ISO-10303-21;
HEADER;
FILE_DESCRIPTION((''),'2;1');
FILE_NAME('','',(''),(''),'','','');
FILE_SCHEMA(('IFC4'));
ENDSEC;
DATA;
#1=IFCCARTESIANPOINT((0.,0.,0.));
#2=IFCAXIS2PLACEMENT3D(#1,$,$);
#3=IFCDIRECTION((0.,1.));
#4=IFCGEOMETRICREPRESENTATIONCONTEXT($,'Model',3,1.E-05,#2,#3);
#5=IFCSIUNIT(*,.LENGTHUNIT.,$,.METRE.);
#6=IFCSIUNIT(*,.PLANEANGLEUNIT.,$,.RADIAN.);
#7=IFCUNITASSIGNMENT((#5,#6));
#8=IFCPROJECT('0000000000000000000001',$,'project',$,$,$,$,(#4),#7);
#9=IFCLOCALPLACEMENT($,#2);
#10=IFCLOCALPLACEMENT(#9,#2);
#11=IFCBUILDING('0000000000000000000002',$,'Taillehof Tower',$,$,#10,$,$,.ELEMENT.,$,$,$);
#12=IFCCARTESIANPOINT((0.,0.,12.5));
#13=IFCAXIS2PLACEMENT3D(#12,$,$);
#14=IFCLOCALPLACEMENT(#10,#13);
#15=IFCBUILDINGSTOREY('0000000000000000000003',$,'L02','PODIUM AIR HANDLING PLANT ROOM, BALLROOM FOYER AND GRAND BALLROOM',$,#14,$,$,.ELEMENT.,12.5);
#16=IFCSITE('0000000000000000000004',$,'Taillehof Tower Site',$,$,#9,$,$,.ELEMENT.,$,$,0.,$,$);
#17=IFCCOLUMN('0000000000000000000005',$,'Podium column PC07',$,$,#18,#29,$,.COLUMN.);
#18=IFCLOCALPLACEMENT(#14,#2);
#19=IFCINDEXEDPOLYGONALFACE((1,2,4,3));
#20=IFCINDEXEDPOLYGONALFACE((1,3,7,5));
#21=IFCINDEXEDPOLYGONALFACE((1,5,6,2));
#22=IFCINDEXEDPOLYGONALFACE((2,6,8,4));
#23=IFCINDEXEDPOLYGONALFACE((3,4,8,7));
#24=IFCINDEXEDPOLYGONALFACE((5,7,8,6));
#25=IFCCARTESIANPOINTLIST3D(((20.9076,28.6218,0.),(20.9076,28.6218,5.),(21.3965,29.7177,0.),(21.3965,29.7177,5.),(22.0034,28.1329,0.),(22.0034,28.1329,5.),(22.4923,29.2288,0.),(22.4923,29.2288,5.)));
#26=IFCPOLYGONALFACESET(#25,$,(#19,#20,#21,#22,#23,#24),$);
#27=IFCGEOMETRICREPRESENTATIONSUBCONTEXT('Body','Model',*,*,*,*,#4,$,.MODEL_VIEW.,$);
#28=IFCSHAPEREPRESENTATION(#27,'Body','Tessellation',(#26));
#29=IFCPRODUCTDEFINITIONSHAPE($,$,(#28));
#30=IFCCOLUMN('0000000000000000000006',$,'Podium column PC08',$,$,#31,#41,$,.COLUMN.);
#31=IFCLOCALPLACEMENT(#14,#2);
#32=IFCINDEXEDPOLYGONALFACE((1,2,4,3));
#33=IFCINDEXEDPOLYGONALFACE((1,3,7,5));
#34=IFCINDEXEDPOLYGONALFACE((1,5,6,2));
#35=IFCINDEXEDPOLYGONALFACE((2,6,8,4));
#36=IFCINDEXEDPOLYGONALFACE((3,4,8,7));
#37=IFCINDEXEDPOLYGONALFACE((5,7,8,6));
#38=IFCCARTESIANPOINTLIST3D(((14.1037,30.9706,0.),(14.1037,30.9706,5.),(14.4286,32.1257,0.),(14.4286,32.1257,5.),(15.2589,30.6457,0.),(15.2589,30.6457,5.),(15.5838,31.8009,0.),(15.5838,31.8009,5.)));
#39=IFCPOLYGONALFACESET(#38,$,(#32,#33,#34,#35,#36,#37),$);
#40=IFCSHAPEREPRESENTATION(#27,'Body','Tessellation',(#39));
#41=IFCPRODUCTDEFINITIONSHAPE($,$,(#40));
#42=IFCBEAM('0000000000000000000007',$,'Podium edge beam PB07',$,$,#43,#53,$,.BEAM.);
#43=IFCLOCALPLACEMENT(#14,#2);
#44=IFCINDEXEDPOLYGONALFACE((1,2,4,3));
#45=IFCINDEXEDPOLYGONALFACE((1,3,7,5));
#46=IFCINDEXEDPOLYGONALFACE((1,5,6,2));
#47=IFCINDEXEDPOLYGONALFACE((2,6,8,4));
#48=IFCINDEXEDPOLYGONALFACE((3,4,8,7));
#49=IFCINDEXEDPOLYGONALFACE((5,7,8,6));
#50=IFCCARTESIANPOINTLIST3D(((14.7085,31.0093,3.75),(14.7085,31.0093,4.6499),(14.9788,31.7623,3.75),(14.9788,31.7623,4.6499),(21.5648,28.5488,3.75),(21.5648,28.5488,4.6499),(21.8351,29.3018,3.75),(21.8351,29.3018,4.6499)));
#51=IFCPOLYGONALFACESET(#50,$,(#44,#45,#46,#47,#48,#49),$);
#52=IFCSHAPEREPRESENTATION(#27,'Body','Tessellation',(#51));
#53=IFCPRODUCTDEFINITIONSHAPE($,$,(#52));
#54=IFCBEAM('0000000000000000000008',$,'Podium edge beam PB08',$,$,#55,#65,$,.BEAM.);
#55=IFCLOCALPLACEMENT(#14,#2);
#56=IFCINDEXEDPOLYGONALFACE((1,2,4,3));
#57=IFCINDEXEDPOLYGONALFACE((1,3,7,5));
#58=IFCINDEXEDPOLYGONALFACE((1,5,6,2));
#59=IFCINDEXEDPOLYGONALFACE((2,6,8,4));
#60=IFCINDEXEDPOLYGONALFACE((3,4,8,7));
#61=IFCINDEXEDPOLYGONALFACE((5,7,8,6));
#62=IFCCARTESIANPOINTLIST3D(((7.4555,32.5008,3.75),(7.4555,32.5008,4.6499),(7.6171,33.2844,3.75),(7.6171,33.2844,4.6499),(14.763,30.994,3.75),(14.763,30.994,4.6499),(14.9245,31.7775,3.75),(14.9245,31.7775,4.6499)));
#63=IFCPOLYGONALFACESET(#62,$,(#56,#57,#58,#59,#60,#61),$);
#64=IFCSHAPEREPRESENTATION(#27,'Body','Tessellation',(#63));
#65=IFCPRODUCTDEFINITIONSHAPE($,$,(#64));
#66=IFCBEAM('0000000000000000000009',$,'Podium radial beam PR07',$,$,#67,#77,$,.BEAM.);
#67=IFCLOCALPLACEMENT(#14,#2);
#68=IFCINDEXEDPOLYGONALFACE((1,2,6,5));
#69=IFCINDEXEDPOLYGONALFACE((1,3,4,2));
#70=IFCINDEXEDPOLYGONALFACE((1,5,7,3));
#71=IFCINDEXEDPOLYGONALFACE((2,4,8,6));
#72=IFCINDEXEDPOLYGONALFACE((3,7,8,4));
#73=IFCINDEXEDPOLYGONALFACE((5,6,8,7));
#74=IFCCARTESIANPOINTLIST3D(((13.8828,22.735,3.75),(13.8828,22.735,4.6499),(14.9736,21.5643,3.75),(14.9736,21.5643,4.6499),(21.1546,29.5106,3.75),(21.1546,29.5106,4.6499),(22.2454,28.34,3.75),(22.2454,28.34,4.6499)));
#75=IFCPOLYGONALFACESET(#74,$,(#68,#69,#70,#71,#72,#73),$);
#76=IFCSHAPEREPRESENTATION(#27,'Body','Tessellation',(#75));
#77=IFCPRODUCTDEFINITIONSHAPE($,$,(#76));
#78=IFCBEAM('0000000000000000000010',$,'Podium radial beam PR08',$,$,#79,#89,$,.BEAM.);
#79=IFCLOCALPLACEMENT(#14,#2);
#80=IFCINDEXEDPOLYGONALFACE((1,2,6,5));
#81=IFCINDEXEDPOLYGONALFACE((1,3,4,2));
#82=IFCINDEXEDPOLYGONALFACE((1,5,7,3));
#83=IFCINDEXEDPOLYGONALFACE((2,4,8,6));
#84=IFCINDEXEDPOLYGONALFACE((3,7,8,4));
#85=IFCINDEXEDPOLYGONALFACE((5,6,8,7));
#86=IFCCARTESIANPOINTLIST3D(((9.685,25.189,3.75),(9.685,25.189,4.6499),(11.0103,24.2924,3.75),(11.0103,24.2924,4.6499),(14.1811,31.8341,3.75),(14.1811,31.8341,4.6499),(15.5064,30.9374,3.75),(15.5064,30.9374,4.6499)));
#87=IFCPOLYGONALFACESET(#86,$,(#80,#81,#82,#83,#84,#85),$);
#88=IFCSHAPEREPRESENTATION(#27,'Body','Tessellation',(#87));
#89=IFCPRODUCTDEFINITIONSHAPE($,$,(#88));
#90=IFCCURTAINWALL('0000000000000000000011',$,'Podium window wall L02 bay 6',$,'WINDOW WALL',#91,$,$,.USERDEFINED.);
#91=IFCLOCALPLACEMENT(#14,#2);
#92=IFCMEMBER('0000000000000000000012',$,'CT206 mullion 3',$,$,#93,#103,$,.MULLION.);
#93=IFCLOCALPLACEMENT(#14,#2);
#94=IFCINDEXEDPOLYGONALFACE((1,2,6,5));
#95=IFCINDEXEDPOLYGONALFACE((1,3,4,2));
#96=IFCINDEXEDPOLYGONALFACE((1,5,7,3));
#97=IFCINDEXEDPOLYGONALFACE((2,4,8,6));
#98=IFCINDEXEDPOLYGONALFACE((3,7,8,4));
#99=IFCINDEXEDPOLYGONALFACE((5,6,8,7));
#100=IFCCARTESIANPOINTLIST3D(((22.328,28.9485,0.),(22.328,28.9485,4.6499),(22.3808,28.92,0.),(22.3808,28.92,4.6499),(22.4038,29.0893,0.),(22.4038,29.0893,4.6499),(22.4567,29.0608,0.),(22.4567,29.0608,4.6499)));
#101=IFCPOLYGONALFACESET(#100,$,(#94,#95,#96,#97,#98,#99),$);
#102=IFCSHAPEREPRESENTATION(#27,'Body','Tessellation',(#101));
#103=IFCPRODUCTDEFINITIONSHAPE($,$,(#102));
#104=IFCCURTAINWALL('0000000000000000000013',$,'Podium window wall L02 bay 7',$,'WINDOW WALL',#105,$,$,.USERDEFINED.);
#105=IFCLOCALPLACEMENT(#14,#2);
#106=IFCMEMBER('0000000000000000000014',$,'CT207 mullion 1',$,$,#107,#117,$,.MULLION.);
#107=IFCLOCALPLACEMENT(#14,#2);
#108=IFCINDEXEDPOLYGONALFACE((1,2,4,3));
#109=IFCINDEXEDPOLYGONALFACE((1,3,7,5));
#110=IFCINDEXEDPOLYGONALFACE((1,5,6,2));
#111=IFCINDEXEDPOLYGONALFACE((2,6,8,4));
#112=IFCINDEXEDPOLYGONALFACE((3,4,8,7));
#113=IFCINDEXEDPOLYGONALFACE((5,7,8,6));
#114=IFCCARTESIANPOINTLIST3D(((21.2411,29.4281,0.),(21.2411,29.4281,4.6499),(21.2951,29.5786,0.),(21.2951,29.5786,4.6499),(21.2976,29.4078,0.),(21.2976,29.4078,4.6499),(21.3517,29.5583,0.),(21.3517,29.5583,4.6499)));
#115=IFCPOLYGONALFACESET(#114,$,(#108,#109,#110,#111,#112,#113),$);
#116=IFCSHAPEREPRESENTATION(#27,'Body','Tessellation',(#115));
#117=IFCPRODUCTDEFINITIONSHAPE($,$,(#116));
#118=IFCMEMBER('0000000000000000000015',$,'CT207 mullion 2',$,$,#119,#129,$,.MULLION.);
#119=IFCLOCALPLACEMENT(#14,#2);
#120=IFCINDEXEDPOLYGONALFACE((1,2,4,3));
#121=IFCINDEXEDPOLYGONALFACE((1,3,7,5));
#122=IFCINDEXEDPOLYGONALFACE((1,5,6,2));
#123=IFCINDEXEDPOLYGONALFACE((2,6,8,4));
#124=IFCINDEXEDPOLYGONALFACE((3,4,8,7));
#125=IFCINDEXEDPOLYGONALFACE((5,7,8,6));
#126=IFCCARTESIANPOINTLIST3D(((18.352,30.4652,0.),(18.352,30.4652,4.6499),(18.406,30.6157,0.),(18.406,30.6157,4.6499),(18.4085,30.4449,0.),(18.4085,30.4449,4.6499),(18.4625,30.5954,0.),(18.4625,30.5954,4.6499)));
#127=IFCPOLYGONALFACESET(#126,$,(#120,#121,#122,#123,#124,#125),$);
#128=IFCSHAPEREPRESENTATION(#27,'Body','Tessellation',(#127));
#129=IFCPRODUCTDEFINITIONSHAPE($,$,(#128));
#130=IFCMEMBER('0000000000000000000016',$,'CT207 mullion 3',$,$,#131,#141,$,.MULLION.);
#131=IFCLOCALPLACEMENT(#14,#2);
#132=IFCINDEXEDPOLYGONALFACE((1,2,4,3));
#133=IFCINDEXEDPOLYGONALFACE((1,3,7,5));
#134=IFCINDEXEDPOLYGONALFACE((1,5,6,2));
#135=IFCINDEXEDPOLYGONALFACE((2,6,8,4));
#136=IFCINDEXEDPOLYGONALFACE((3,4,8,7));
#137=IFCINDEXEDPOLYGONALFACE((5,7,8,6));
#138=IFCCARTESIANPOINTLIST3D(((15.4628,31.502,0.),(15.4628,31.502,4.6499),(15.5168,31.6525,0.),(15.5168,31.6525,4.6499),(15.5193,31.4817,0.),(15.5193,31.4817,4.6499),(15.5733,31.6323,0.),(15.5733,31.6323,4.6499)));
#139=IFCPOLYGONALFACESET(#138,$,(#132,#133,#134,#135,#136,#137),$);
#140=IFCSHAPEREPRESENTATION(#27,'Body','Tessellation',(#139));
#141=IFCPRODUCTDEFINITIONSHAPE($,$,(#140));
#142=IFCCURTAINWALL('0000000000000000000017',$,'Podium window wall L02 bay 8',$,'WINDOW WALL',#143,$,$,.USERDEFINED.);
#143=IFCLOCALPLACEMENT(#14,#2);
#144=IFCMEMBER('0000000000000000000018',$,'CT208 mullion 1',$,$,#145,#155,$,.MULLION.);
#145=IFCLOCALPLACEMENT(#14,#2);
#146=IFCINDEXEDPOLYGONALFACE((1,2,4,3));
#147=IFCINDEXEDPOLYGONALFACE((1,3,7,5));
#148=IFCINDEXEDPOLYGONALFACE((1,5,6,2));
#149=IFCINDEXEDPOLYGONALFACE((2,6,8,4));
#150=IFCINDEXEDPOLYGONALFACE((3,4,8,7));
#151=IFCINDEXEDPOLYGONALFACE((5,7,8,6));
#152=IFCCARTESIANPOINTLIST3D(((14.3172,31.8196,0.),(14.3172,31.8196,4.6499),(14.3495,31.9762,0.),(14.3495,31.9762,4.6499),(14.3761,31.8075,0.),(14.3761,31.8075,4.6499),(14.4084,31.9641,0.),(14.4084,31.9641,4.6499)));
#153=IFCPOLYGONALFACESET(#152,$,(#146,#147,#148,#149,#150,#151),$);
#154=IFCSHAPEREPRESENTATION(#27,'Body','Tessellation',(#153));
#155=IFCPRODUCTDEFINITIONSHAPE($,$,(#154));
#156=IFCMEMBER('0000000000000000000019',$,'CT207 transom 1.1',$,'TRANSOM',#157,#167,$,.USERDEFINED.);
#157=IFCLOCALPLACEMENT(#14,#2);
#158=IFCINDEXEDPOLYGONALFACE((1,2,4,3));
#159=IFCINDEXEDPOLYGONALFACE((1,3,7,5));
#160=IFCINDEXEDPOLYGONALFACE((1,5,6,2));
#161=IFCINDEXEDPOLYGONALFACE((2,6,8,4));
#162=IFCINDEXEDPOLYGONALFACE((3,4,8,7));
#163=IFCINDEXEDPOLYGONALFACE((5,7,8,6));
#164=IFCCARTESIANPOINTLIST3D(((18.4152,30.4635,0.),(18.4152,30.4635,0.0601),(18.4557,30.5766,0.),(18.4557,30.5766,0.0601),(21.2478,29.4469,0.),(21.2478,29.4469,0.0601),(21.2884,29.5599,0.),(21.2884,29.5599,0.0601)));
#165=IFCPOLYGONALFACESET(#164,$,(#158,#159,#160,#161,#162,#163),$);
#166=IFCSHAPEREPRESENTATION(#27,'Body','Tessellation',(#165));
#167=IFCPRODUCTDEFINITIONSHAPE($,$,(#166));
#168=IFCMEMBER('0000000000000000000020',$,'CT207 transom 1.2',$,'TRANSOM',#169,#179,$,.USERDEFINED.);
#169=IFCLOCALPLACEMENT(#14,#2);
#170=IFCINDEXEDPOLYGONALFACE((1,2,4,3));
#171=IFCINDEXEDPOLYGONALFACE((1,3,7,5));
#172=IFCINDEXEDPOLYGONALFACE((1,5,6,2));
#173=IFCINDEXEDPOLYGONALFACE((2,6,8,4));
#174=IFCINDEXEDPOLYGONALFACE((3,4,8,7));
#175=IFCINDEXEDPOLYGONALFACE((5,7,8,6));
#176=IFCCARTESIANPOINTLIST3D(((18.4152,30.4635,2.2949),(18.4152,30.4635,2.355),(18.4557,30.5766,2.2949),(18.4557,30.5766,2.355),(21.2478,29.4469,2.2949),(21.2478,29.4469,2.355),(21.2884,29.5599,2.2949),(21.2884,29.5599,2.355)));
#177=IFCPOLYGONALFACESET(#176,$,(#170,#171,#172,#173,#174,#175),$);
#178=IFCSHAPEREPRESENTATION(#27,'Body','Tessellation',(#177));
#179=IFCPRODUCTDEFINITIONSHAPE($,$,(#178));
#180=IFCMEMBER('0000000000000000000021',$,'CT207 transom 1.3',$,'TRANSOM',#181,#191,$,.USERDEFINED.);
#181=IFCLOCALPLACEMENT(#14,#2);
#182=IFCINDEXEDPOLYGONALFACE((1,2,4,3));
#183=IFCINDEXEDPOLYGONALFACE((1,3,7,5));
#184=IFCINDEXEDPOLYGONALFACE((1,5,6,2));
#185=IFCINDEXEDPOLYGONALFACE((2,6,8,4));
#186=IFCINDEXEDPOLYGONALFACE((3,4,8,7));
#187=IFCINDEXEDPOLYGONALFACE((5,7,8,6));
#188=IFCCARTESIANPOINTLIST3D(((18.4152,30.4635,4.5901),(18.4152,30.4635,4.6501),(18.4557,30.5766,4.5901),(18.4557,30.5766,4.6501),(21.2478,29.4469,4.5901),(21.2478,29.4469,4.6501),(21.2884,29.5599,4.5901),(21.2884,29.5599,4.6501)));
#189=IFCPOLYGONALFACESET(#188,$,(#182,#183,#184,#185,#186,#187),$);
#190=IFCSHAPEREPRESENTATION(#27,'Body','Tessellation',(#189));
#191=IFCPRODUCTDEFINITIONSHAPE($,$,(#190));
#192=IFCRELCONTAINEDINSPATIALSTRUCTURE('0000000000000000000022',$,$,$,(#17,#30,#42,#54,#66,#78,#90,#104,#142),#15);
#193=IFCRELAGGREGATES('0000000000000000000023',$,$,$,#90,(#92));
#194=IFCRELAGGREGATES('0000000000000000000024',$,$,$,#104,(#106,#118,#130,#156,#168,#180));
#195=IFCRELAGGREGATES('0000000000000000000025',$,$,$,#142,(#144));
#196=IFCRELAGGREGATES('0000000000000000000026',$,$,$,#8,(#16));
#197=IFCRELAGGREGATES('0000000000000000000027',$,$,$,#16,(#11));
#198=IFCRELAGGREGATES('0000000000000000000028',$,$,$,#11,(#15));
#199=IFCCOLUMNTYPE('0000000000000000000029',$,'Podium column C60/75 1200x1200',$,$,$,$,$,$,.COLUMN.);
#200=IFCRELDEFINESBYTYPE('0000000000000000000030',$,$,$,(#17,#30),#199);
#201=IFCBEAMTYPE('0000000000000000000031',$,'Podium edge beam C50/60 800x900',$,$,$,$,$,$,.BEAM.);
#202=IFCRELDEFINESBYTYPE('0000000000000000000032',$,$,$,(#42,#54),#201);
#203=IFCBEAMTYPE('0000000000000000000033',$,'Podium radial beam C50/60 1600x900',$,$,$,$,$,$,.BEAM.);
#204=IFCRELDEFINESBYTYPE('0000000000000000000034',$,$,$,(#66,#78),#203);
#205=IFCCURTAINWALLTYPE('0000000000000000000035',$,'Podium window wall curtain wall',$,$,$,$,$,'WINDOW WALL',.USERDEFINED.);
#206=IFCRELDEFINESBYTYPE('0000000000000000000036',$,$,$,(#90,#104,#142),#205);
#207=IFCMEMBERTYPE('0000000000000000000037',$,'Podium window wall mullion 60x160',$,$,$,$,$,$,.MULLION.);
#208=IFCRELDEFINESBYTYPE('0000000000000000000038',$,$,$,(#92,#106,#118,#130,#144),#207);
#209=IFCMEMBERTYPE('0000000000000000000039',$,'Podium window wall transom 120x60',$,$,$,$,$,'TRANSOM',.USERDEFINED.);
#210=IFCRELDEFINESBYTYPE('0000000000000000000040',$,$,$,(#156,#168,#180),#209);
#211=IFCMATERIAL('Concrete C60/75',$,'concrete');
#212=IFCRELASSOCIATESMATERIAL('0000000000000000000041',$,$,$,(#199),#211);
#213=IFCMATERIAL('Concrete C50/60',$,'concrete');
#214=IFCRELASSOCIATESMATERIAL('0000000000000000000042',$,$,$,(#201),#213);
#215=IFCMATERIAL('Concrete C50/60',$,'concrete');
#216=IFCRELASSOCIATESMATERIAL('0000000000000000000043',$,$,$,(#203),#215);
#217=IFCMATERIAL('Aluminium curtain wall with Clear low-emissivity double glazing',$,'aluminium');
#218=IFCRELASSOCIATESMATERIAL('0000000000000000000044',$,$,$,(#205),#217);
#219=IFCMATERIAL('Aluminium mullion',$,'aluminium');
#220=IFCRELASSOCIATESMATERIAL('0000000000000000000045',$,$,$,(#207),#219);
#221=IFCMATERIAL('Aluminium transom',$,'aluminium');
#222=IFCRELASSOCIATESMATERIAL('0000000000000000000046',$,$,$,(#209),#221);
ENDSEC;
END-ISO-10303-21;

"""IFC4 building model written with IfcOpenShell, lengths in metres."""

from ifc_helpers import new_model, si_unit, direction, frame, origin, origin_2d, place, context, subcontext, project, spatial, rectangle, extrude, material, material_profile, profile_set, type_object, element, aggregate, save


model = new_model("IFC4")

# Units and contexts
model_context = context("Model", 3, precision=1e-05, world=origin(), true_north=direction((0.0, 1.0)))
body_context = subcontext(model_context, "Body", "Model", "MODEL_VIEW")
ifc_project = project(units=[si_unit("LENGTHUNIT", "METRE"), si_unit("PLANEANGLEUNIT", "RADIAN")], contexts=[model_context])

# Site, building, storey
site_placement = place(None, origin())
site = spatial("IfcSite", under=ifc_project, at=site_placement, Name="Taillehof Tower Site", CompositionType="ELEMENT", RefElevation=0.0)
building_placement = place(site_placement, origin())
building = spatial("IfcBuilding", under=site, at=building_placement, Name="Taillehof Tower", CompositionType="ELEMENT")
storey_placement = place(building_placement, frame((0.0, 0.0, 12.5)))
storey = spatial("IfcBuildingStorey", under=building, at=storey_placement, Name="L02", Description="PODIUM AIR HANDLING PLANT ROOM, BALLROOM FOYER AND GRAND BALLROOM", CompositionType="ELEMENT", Elevation=12.5)

# Columns
ifc_material_1 = material(Name="Concrete C60/75", Category="concrete")
ifc_material_profile_1 = material_profile(ifc_material_1, rectangle(XDim=1.2, YDim=1.2, at=origin_2d()), Name="RC 1200x1200")
ifc_profile_set_1 = profile_set([ifc_material_profile_1], Name="Concrete C60/75")
column_type = type_object("IfcColumnType", Name="Podium column C60/75 1200x1200", PredefinedType="COLUMN", material=ifc_profile_set_1)
for number, where, z_axis, x_axis, name in (
    (1, (21.7, 28.9253, 0.0), (0.0, 0.0, 1.0), (0.407427, 0.913238, 0.0), "Podium column PC07"),
    (2, (14.8438, 31.3857, 0.0), (0.0, 0.0, 1.0), (0.270745, 0.962651, 0.0), "Podium column PC08"),
):
    element("IfcColumn", number, at=place(storey_placement, frame(where, z_axis=z_axis, x_axis=x_axis)), inside=storey, type_object=column_type, Name=name, PredefinedType="COLUMN", context=body_context, shape_type="SweptSolid", body=[
        extrude(rectangle(XDim=1.2, YDim=1.2, at=origin_2d()), origin(), (0.0, 0.0, 1.0), 5.0),
    ])

# Beams
ifc_material_2 = material(Name="Concrete C50/60", Category="concrete")
ifc_material_profile_2 = material_profile(ifc_material_2, rectangle(XDim=0.8, YDim=0.8999, at=origin_2d()), Name="RC 800x900")
ifc_profile_set_2 = profile_set([ifc_material_profile_2], Name="Concrete C50/60")
beam_type_1 = type_object("IfcBeamType", Name="Podium edge beam C50/60 800x900", PredefinedType="BEAM", material=ifc_profile_set_2)
beam_1_placement = place(storey_placement, frame((21.7, 28.9253, 4.2), z_axis=(-0.941227, 0.337773, 0.0), x_axis=(-0.337773, -0.941227, 0.0)))
element("IfcBeam", 3, at=beam_1_placement, inside=storey, type_object=beam_type_1, Name="Podium edge beam PB07", PredefinedType="BEAM", context=body_context, shape_type="SweptSolid", body=[
    extrude(rectangle(XDim=0.8, YDim=0.8999, at=origin_2d()), origin(), (0.0, 0.0, 1.0), 7.2844),
])
beam_2_placement = place(storey_placement, frame((14.8438, 31.3857, 4.2), z_axis=(-0.979394, 0.201959, 0.0), x_axis=(-0.201959, -0.979394, 0.0)))
element("IfcBeam", 4, at=beam_2_placement, inside=storey, type_object=beam_type_1, Name="Podium edge beam PB08", PredefinedType="BEAM", context=body_context, shape_type="SweptSolid", body=[
    extrude(rectangle(XDim=0.8, YDim=0.8999, at=origin_2d()), origin(), (0.0, 0.0, 1.0), 7.4612),
])
ifc_material_3 = material(Name="Concrete C50/60", Category="concrete")
ifc_material_profile_3 = material_profile(ifc_material_3, rectangle(XDim=1.6001, YDim=0.8999, at=origin_2d()), Name="RC 1600x900")
ifc_profile_set_3 = profile_set([ifc_material_profile_3], Name="Concrete C50/60")
beam_type_2 = type_object("IfcBeamType", Name="Podium radial beam C50/60 1600x900", PredefinedType="BEAM", material=ifc_profile_set_3)
beam_3_placement = place(storey_placement, frame((21.7, 28.9253, 4.2), z_axis=(-0.731623, -0.68171, 0.0), x_axis=(0.68171, -0.731623, 0.0)))
element("IfcBeam", 5, at=beam_3_placement, inside=storey, type_object=beam_type_2, Name="Podium radial beam PR07", PredefinedType="BEAM", context=body_context, shape_type="SweptSolid", body=[
    extrude(rectangle(XDim=1.6001, YDim=0.8999, at=origin_2d()), origin(), (0.0, 0.0, 1.0), 9.9392),
])
beam_4_placement = place(storey_placement, frame((14.8438, 31.3857, 4.2), z_axis=(-0.560389, -0.828229, 0.0), x_axis=(0.828229, -0.560389, 0.0)))
element("IfcBeam", 6, at=beam_4_placement, inside=storey, type_object=beam_type_2, Name="Podium radial beam PR08", PredefinedType="BEAM", context=body_context, shape_type="SweptSolid", body=[
    extrude(rectangle(XDim=1.6001, YDim=0.8999, at=origin_2d()), origin(), (0.0, 0.0, 1.0), 8.0232),
])

# Curtain wall, member
ifc_material_4 = material(Name="Aluminium curtain wall with Clear low-emissivity double glazing", Category="aluminium")
curtain_wall_type = type_object("IfcCurtainWallType", Name="Podium window wall curtain wall", ElementType="WINDOW WALL", PredefinedType="USERDEFINED", material=ifc_material_4)
curtain_wall_1_placement = place(storey_placement, origin())
curtain_wall_1 = element("IfcCurtainWall", 7, at=curtain_wall_1_placement, inside=storey, type_object=curtain_wall_type, Name="Podium window wall L02 bay 6", ObjectType="WINDOW WALL", PredefinedType="USERDEFINED")
ifc_material_5 = material(Name="Aluminium mullion", Category="aluminium")
ifc_material_profile_4 = material_profile(ifc_material_5, rectangle(XDim=0.1599, YDim=0.0601, at=origin_2d()), Name="AL 60x160")
ifc_profile_set_4 = profile_set([ifc_material_profile_4], Name="Aluminium mullion")
member_type_1 = type_object("IfcMemberType", Name="Podium window wall mullion 60x160", PredefinedType="MULLION", material=ifc_profile_set_4)
member_1_placement = place(storey_placement, frame((22.3923, 29.0046, 0.0), z_axis=(0.0, 0.0, 1.0), x_axis=(-0.474415, -0.880301, 0.0)))
member_1 = element("IfcMember", 8, at=member_1_placement, type_object=member_type_1, Name="CT206 mullion 3", PredefinedType="MULLION", context=body_context, shape_type="SweptSolid", body=[
    extrude(rectangle(XDim=0.1599, YDim=0.0601, at=origin_2d()), origin(), (0.0, 0.0, 1.0), 4.6499),
])
aggregate(curtain_wall_1, [member_1])

# Curtain wall, members
curtain_wall_2_placement = place(storey_placement, origin())
curtain_wall_2 = element("IfcCurtainWall", 9, at=curtain_wall_2_placement, inside=storey, type_object=curtain_wall_type, Name="Podium window wall L02 bay 7", ObjectType="WINDOW WALL", PredefinedType="USERDEFINED")
member_2_placement = place(storey_placement, frame((21.2964, 29.4932, 0.0), z_axis=(0.0, 0.0, 1.0), x_axis=(-0.337799, -0.941218, 0.0)))
member_2 = element("IfcMember", 10, at=member_2_placement, type_object=member_type_1, Name="CT207 mullion 1", PredefinedType="MULLION", context=body_context, shape_type="SweptSolid", body=[
    extrude(rectangle(XDim=0.1599, YDim=0.0601, at=origin_2d()), origin(), (0.0, 0.0, 1.0), 4.6499),
])
member_3_placement = place(storey_placement, frame((18.4072, 30.5303, 0.0), z_axis=(0.0, 0.0, 1.0), x_axis=(-0.337799, -0.941218, 0.0)))
member_3 = element("IfcMember", 11, at=member_3_placement, type_object=member_type_1, Name="CT207 mullion 2", PredefinedType="MULLION", context=body_context, shape_type="SweptSolid", body=[
    extrude(rectangle(XDim=0.1599, YDim=0.0601, at=origin_2d()), origin(), (0.0, 0.0, 1.0), 4.6499),
])
member_4_placement = place(storey_placement, frame((15.5181, 31.5671, 0.0), z_axis=(0.0, 0.0, 1.0), x_axis=(-0.337799, -0.941218, 0.0)))
member_4 = element("IfcMember", 12, at=member_4_placement, type_object=member_type_1, Name="CT207 mullion 3", PredefinedType="MULLION", context=body_context, shape_type="SweptSolid", body=[
    extrude(rectangle(XDim=0.1599, YDim=0.0601, at=origin_2d()), origin(), (0.0, 0.0, 1.0), 4.6499),
])

# Curtain wall, member
curtain_wall_3_placement = place(storey_placement, origin())
curtain_wall_3 = element("IfcCurtainWall", 13, at=curtain_wall_3_placement, inside=storey, type_object=curtain_wall_type, Name="Podium window wall L02 bay 8", ObjectType="WINDOW WALL", PredefinedType="USERDEFINED")
member_5_placement = place(storey_placement, frame((14.3628, 31.8918, 0.0), z_axis=(0.0, 0.0, 1.0), x_axis=(-0.201976, -0.97939, 0.0)))
member_5 = element("IfcMember", 14, at=member_5_placement, type_object=member_type_1, Name="CT208 mullion 1", PredefinedType="MULLION", context=body_context, shape_type="SweptSolid", body=[
    extrude(rectangle(XDim=0.1599, YDim=0.0601, at=origin_2d()), origin(), (0.0, 0.0, 1.0), 4.6499),
])

# Members
ifc_material_6 = material(Name="Aluminium transom", Category="aluminium")
ifc_material_profile_5 = material_profile(ifc_material_6, rectangle(XDim=0.1201, YDim=0.0601, at=origin_2d()), Name="AL 120x60")
ifc_profile_set_5 = profile_set([ifc_material_profile_5], Name="Aluminium transom")
member_type_2 = type_object("IfcMemberType", Name="Podium window wall transom 120x60", ElementType="TRANSOM", PredefinedType="USERDEFINED", material=ifc_profile_set_5)
member_6_placement = place(storey_placement, frame((21.2681, 29.5034, 0.03), z_axis=(-0.941216, 0.337806, 0.0), x_axis=(-0.337806, -0.941216, 0.0)))
member_6 = element("IfcMember", 15, at=member_6_placement, type_object=member_type_2, Name="CT207 transom 1.1", ObjectType="TRANSOM", PredefinedType="USERDEFINED", context=body_context, shape_type="SweptSolid", body=[
    extrude(rectangle(XDim=0.1201, YDim=0.0601, at=origin_2d()), origin(), (0.0, 0.0, 1.0), 3.0095),
])
member_7_placement = place(storey_placement, frame((21.2681, 29.5034, 2.325), z_axis=(-0.941216, 0.337806, 0.0), x_axis=(-0.337806, -0.941216, 0.0)))
member_7 = element("IfcMember", 16, at=member_7_placement, type_object=member_type_2, Name="CT207 transom 1.2", ObjectType="TRANSOM", PredefinedType="USERDEFINED", context=body_context, shape_type="SweptSolid", body=[
    extrude(rectangle(XDim=0.1201, YDim=0.0601, at=origin_2d()), origin(), (0.0, 0.0, 1.0), 3.0095),
])
member_8_placement = place(storey_placement, frame((21.2681, 29.5034, 4.6201), z_axis=(-0.941216, 0.337806, 0.0), x_axis=(-0.337806, -0.941216, 0.0)))
member_8 = element("IfcMember", 17, at=member_8_placement, type_object=member_type_2, Name="CT207 transom 1.3", ObjectType="TRANSOM", PredefinedType="USERDEFINED", context=body_context, shape_type="SweptSolid", body=[
    extrude(rectangle(XDim=0.1201, YDim=0.0601, at=origin_2d()), origin(), (0.0, 0.0, 1.0), 3.0095),
])

aggregate(curtain_wall_2, [member_2, member_3, member_4, member_6, member_7, member_8])
aggregate(curtain_wall_3, [member_5])

save(model, "model.ifc")
